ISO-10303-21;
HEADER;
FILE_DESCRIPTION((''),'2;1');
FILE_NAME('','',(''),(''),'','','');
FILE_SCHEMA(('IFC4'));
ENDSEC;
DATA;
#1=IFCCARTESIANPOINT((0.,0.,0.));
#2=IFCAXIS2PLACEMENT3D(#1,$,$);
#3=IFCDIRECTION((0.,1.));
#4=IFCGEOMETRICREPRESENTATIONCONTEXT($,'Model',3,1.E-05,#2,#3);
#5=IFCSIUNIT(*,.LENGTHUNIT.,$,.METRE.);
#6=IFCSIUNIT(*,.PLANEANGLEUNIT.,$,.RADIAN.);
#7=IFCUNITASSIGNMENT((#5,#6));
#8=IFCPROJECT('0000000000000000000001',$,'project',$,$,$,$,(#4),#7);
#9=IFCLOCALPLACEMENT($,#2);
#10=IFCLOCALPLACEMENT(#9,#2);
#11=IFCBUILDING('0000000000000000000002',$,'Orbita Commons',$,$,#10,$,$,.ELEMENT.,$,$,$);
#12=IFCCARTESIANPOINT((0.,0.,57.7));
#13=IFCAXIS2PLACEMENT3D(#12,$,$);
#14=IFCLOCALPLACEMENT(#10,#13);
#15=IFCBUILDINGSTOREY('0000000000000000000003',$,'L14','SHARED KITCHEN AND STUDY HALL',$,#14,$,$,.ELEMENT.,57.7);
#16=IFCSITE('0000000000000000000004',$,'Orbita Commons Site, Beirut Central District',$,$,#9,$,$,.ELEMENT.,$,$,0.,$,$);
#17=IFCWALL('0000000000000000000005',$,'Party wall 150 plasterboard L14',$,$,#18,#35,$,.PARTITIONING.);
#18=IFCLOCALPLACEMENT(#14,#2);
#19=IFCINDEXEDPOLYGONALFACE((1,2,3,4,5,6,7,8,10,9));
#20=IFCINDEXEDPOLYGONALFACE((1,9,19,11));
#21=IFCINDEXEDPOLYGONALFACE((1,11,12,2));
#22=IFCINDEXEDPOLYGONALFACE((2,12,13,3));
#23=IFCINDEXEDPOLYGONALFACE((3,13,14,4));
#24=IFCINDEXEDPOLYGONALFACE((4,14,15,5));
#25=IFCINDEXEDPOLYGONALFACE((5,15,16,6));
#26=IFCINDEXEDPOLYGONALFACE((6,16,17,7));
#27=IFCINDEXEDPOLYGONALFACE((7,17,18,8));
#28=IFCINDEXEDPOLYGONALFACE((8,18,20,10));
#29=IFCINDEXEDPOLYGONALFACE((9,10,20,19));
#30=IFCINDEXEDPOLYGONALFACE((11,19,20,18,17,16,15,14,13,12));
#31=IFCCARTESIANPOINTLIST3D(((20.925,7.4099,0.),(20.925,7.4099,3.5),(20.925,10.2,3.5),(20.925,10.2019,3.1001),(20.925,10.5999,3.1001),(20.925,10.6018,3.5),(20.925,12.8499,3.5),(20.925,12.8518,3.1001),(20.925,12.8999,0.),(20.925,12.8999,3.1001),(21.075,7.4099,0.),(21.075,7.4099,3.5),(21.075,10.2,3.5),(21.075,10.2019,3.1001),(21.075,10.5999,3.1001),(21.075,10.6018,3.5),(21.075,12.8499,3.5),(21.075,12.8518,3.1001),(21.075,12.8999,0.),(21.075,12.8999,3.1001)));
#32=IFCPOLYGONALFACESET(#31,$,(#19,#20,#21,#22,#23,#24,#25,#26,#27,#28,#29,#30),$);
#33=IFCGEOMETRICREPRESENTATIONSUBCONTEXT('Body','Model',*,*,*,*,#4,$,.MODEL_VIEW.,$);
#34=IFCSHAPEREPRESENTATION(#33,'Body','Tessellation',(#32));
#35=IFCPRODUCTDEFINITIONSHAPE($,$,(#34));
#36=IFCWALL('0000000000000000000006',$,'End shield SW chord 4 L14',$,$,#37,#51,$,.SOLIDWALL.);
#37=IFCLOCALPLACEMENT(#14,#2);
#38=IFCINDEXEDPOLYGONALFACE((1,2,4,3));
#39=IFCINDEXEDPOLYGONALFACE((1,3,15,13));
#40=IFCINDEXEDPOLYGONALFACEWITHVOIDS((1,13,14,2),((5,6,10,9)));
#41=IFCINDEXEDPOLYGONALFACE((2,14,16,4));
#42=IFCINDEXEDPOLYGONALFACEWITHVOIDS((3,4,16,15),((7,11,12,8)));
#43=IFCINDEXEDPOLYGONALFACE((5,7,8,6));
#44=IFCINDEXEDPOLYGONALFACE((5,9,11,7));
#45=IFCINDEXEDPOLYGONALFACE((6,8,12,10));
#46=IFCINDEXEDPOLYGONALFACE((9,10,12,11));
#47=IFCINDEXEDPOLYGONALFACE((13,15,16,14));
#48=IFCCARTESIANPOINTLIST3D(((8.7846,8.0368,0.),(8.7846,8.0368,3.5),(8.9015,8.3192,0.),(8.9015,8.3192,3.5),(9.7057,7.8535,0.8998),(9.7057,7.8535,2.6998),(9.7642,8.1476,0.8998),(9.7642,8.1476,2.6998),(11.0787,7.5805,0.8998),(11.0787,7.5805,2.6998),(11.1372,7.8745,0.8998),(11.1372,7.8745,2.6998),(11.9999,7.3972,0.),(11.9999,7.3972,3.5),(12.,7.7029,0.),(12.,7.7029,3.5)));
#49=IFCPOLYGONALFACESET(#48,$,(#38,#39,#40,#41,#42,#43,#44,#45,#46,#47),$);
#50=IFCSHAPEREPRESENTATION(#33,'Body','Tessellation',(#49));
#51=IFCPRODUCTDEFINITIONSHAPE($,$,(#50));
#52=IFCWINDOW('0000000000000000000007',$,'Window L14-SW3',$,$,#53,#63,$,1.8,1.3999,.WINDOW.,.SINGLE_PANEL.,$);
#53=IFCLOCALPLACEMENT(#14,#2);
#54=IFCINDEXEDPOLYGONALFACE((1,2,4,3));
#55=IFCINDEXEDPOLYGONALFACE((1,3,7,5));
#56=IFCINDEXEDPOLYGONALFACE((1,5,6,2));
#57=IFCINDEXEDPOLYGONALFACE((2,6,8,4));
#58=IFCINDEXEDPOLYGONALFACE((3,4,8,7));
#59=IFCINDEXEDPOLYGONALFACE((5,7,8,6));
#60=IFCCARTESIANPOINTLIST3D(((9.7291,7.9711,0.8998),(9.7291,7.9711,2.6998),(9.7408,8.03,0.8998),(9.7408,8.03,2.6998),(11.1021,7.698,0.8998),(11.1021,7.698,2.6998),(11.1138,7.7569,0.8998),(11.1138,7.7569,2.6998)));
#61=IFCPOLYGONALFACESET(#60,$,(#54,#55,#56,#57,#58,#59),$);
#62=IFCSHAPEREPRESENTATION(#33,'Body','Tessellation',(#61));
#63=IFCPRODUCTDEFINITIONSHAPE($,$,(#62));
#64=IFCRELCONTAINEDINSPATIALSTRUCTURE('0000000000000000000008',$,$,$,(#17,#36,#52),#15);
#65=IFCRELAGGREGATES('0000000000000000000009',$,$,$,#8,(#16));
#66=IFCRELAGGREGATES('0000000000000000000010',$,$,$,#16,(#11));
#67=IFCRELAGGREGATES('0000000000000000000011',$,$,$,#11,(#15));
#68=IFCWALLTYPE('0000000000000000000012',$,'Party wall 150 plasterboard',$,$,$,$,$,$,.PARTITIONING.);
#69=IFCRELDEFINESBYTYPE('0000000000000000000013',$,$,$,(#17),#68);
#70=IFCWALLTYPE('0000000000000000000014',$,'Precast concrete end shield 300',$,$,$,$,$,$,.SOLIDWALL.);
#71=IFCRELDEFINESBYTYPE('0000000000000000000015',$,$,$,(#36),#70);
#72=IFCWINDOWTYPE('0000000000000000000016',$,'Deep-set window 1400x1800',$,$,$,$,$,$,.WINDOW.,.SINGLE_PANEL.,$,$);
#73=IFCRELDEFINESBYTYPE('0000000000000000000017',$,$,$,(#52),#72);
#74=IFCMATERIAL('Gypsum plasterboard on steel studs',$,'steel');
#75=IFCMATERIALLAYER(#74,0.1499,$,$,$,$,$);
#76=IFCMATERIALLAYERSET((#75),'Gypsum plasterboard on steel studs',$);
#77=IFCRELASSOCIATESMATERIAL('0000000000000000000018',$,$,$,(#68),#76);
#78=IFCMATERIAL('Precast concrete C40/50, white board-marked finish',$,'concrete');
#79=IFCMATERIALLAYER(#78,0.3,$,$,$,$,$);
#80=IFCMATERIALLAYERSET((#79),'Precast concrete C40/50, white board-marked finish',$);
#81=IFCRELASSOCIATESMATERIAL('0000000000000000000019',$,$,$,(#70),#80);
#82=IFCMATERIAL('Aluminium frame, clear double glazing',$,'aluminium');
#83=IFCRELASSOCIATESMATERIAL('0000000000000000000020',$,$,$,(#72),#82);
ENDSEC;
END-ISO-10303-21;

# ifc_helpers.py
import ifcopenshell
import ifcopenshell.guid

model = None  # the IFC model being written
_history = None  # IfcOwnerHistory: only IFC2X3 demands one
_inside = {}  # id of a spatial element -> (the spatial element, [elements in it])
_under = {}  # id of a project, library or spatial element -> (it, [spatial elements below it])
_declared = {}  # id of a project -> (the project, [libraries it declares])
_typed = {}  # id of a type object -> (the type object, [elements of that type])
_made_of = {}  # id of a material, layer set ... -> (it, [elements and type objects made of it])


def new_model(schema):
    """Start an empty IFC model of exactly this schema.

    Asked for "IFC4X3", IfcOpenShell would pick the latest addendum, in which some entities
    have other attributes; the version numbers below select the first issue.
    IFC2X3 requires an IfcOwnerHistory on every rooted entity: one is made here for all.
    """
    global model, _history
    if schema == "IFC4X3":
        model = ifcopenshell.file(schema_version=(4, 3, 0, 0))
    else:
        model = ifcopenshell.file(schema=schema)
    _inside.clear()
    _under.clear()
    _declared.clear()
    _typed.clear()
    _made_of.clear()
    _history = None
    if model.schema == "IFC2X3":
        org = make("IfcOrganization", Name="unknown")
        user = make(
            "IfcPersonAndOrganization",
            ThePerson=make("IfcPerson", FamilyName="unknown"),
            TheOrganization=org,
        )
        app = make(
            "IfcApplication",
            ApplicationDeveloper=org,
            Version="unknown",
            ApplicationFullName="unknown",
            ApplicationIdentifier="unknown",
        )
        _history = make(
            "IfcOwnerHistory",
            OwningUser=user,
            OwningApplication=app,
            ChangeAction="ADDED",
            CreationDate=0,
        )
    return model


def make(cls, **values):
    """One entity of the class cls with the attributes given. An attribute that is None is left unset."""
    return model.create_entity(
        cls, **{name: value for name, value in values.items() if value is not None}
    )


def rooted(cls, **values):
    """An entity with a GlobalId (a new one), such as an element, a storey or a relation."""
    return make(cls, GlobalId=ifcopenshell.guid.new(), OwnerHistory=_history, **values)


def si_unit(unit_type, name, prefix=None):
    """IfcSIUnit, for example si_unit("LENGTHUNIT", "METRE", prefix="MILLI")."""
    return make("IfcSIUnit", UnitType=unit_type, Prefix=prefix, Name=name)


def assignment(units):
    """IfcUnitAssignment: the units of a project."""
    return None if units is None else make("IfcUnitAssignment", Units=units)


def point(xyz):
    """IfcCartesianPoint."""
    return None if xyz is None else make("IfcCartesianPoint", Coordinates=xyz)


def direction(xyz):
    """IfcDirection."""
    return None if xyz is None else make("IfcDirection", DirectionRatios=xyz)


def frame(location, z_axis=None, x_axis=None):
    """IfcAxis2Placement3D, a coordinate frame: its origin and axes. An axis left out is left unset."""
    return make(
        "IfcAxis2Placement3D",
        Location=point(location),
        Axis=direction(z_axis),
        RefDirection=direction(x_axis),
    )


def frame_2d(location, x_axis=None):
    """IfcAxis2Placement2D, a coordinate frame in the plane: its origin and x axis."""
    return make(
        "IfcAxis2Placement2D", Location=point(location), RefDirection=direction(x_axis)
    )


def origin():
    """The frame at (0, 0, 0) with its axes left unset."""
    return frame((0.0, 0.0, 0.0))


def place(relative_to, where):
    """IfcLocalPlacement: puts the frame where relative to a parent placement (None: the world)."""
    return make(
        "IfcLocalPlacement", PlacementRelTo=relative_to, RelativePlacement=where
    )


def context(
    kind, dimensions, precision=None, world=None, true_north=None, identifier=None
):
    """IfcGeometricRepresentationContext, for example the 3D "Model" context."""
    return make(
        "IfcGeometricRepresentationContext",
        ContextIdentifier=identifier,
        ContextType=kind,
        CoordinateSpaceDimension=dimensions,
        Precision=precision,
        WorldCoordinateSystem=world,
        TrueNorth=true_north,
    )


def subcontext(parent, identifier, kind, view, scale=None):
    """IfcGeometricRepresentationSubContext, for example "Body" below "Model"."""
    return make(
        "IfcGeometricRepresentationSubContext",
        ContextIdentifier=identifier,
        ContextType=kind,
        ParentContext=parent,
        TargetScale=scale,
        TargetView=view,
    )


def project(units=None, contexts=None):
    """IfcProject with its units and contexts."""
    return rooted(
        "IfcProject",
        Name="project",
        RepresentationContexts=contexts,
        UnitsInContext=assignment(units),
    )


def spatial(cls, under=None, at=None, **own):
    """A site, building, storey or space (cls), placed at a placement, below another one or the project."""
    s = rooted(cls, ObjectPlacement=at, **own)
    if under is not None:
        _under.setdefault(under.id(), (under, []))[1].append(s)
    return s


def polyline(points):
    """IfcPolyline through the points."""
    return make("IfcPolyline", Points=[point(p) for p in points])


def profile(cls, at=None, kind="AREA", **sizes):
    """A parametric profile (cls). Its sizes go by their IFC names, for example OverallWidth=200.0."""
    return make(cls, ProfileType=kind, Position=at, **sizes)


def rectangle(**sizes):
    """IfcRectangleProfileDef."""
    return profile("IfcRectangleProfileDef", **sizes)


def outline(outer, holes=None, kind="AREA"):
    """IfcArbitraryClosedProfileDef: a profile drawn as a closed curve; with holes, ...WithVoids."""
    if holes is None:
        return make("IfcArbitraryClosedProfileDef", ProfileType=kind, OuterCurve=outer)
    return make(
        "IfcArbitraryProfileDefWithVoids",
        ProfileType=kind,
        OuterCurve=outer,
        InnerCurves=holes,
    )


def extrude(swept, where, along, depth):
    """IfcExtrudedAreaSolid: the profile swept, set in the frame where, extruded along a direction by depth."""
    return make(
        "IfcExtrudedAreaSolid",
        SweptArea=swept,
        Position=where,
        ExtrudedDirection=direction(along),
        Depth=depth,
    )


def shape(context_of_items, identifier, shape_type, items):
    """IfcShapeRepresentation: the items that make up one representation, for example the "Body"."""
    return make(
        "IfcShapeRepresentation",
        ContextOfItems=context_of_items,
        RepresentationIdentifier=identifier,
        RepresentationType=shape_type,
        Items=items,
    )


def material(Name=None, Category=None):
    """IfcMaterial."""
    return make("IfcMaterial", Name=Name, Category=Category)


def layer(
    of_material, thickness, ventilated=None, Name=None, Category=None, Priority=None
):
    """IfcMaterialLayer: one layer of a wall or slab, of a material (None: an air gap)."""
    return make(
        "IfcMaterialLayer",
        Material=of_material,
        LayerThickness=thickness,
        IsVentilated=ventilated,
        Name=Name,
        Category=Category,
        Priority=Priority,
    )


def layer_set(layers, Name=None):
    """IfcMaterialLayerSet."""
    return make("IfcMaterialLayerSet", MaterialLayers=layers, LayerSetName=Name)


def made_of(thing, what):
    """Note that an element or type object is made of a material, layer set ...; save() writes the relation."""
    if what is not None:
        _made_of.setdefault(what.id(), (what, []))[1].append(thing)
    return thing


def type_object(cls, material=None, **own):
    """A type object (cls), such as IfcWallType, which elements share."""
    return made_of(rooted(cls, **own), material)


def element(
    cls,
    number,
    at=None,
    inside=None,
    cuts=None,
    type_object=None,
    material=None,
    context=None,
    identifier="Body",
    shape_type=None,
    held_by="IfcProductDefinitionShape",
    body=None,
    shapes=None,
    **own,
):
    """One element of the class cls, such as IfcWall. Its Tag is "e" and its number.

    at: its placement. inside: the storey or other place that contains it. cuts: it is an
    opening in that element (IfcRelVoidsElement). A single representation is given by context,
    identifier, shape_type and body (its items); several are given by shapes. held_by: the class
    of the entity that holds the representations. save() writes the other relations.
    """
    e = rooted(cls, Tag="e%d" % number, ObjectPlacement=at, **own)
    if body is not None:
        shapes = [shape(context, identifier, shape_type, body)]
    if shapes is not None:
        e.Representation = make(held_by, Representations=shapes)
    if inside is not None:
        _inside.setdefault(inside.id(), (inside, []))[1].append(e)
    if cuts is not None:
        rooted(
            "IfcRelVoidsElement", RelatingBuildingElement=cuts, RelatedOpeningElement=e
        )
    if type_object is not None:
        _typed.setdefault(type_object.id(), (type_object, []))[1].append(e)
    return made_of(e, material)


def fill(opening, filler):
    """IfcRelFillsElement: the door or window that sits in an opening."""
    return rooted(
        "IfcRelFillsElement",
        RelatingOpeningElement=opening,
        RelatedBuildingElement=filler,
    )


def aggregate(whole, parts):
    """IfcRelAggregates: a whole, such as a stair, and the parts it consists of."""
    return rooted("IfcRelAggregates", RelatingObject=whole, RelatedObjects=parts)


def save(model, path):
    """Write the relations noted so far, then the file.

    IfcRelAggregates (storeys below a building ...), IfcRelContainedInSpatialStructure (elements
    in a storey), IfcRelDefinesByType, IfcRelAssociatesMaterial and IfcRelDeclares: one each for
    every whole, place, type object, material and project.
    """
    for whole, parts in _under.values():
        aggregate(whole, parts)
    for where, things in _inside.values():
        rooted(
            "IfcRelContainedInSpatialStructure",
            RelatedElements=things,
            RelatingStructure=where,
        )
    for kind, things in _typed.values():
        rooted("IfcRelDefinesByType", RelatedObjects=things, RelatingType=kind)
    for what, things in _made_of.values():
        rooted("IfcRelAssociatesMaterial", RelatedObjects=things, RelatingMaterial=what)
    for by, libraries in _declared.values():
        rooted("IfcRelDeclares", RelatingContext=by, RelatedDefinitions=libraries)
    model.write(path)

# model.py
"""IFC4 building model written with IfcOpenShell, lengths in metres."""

from ifc_helpers import new_model, si_unit, direction, frame, frame_2d, origin, place, context, subcontext, project, spatial, polyline, rectangle, outline, extrude, material, layer, layer_set, type_object, element, fill, save


model = new_model("IFC4")

# Units and contexts
model_context = context("Model", 3, precision=1e-05, world=origin(), true_north=direction((0.0, 1.0)))
body_context = subcontext(model_context, "Body", "Model", "MODEL_VIEW")
ifc_project = project(units=[si_unit("LENGTHUNIT", "METRE"), si_unit("PLANEANGLEUNIT", "RADIAN")], contexts=[model_context])

# Site, building, storey
site_placement = place(None, origin())
site = spatial("IfcSite", under=ifc_project, at=site_placement, Name="Orbita Commons Site, Beirut Central District", CompositionType="ELEMENT", RefElevation=0.0)
building_placement = place(site_placement, origin())
building = spatial("IfcBuilding", under=site, at=building_placement, Name="Orbita Commons", CompositionType="ELEMENT")
storey_placement = place(building_placement, frame((0.0, 0.0, 57.7)))
storey = spatial("IfcBuildingStorey", under=building, at=storey_placement, Name="L14", Description="SHARED KITCHEN AND STUDY HALL", CompositionType="ELEMENT", Elevation=57.7)

# Wall
ifc_material_1 = material(Name="Gypsum plasterboard on steel studs", Category="steel")
ifc_layer_1 = layer(ifc_material_1, 0.1499)
ifc_layer_set_1 = layer_set([ifc_layer_1], Name="Gypsum plasterboard on steel studs")
wall_type_1 = type_object("IfcWallType", Name="Party wall 150 plasterboard", PredefinedType="PARTITIONING", material=ifc_layer_set_1)
wall_1_placement = place(storey_placement, frame((21.0, 7.4099, 0.0), z_axis=(0.0, 0.0, 1.0), x_axis=(0.0, 1.0, 0.0)))
element("IfcWall", 1, at=wall_1_placement, inside=storey, type_object=wall_type_1, Name="Party wall 150 plasterboard L14", PredefinedType="PARTITIONING", context=body_context, shape_type="SweptSolid", body=[
    extrude(outline(polyline([(0.0, 0.0), (5.49, 0.0), (5.49, 3.1001), (5.4419, 3.1001), (5.4399, 3.5), (3.1919, 3.5), (3.1899, 3.1001), (2.792, 3.1001), (2.79, 3.5), (0.0, 3.5), (0.0, 0.0)])), frame((0.0, 0.075, 0.0), z_axis=(0.0, -1.0, 0.0), x_axis=(1.0, 0.0, 0.0)), (0.0, 0.0, 1.0), 0.1499),
])

# Wall, opening, window
ifc_material_2 = material(Name="Precast concrete C40/50, white board-marked finish", Category="concrete")
ifc_layer_2 = layer(ifc_material_2, 0.3)
ifc_layer_set_2 = layer_set([ifc_layer_2], Name="Precast concrete C40/50, white board-marked finish")
wall_type_2 = type_object("IfcWallType", Name="Precast concrete end shield 300", PredefinedType="SOLIDWALL", material=ifc_layer_set_2)
wall_2_placement = place(storey_placement, frame((8.843, 8.178, 0.0), z_axis=(0.0, 0.0, 1.0), x_axis=(0.980787, -0.19508, 0.0)))
wall_2 = element("IfcWall", 2, at=wall_2_placement, inside=storey, type_object=wall_type_2, Name="End shield SW chord 4 L14", PredefinedType="SOLIDWALL", context=body_context, shape_type="SweptSolid", body=[
    extrude(outline(polyline([(-0.0298, -0.1499), (3.2485, -0.1499), (3.189, 0.1499), (0.0298, 0.1499), (-0.0298, -0.1499)])), origin(), (0.0, 0.0, 1.0), 3.5),
])
opening_1_placement = place(wall_2_placement, frame((0.9094, 0.0, 0.8999)))
opening_1 = element("IfcOpeningElement", 3, at=opening_1_placement, cuts=wall_2, PredefinedType="OPENING", context=body_context, shape_type="SweptSolid", body=[
    extrude(rectangle(XDim=1.3999, YDim=1.8, at=frame_2d((0.7, 0.8999))), frame((0.0, 0.1599, 0.0), z_axis=(0.0, -1.0, 0.0), x_axis=(1.0, 0.0, 0.0)), (0.0, 0.0, 1.0), 0.3201),
])
ifc_material_3 = material(Name="Aluminium frame, clear double glazing", Category="aluminium")
window_type = type_object("IfcWindowType", Name="Deep-set window 1400x1800", PartitioningType="SINGLE_PANEL", PredefinedType="WINDOW", material=ifc_material_3)
window_placement = place(opening_1_placement, origin())
window = element("IfcWindow", 4, at=window_placement, inside=storey, type_object=window_type, Name="Window L14-SW3", OverallHeight=1.8, OverallWidth=1.3999, PartitioningType="SINGLE_PANEL", PredefinedType="WINDOW", context=body_context, shape_type="SweptSolid", body=[
    extrude(rectangle(XDim=1.3999, YDim=1.8, at=frame_2d((0.7, 0.8999))), frame((0.0, 0.03, 0.0), z_axis=(0.0, -1.0, 0.0), x_axis=(1.0, 0.0, 0.0)), (0.0, 0.0, 1.0), 0.0601),
])
fill(opening_1, window)

save(model, "model.ifc")
